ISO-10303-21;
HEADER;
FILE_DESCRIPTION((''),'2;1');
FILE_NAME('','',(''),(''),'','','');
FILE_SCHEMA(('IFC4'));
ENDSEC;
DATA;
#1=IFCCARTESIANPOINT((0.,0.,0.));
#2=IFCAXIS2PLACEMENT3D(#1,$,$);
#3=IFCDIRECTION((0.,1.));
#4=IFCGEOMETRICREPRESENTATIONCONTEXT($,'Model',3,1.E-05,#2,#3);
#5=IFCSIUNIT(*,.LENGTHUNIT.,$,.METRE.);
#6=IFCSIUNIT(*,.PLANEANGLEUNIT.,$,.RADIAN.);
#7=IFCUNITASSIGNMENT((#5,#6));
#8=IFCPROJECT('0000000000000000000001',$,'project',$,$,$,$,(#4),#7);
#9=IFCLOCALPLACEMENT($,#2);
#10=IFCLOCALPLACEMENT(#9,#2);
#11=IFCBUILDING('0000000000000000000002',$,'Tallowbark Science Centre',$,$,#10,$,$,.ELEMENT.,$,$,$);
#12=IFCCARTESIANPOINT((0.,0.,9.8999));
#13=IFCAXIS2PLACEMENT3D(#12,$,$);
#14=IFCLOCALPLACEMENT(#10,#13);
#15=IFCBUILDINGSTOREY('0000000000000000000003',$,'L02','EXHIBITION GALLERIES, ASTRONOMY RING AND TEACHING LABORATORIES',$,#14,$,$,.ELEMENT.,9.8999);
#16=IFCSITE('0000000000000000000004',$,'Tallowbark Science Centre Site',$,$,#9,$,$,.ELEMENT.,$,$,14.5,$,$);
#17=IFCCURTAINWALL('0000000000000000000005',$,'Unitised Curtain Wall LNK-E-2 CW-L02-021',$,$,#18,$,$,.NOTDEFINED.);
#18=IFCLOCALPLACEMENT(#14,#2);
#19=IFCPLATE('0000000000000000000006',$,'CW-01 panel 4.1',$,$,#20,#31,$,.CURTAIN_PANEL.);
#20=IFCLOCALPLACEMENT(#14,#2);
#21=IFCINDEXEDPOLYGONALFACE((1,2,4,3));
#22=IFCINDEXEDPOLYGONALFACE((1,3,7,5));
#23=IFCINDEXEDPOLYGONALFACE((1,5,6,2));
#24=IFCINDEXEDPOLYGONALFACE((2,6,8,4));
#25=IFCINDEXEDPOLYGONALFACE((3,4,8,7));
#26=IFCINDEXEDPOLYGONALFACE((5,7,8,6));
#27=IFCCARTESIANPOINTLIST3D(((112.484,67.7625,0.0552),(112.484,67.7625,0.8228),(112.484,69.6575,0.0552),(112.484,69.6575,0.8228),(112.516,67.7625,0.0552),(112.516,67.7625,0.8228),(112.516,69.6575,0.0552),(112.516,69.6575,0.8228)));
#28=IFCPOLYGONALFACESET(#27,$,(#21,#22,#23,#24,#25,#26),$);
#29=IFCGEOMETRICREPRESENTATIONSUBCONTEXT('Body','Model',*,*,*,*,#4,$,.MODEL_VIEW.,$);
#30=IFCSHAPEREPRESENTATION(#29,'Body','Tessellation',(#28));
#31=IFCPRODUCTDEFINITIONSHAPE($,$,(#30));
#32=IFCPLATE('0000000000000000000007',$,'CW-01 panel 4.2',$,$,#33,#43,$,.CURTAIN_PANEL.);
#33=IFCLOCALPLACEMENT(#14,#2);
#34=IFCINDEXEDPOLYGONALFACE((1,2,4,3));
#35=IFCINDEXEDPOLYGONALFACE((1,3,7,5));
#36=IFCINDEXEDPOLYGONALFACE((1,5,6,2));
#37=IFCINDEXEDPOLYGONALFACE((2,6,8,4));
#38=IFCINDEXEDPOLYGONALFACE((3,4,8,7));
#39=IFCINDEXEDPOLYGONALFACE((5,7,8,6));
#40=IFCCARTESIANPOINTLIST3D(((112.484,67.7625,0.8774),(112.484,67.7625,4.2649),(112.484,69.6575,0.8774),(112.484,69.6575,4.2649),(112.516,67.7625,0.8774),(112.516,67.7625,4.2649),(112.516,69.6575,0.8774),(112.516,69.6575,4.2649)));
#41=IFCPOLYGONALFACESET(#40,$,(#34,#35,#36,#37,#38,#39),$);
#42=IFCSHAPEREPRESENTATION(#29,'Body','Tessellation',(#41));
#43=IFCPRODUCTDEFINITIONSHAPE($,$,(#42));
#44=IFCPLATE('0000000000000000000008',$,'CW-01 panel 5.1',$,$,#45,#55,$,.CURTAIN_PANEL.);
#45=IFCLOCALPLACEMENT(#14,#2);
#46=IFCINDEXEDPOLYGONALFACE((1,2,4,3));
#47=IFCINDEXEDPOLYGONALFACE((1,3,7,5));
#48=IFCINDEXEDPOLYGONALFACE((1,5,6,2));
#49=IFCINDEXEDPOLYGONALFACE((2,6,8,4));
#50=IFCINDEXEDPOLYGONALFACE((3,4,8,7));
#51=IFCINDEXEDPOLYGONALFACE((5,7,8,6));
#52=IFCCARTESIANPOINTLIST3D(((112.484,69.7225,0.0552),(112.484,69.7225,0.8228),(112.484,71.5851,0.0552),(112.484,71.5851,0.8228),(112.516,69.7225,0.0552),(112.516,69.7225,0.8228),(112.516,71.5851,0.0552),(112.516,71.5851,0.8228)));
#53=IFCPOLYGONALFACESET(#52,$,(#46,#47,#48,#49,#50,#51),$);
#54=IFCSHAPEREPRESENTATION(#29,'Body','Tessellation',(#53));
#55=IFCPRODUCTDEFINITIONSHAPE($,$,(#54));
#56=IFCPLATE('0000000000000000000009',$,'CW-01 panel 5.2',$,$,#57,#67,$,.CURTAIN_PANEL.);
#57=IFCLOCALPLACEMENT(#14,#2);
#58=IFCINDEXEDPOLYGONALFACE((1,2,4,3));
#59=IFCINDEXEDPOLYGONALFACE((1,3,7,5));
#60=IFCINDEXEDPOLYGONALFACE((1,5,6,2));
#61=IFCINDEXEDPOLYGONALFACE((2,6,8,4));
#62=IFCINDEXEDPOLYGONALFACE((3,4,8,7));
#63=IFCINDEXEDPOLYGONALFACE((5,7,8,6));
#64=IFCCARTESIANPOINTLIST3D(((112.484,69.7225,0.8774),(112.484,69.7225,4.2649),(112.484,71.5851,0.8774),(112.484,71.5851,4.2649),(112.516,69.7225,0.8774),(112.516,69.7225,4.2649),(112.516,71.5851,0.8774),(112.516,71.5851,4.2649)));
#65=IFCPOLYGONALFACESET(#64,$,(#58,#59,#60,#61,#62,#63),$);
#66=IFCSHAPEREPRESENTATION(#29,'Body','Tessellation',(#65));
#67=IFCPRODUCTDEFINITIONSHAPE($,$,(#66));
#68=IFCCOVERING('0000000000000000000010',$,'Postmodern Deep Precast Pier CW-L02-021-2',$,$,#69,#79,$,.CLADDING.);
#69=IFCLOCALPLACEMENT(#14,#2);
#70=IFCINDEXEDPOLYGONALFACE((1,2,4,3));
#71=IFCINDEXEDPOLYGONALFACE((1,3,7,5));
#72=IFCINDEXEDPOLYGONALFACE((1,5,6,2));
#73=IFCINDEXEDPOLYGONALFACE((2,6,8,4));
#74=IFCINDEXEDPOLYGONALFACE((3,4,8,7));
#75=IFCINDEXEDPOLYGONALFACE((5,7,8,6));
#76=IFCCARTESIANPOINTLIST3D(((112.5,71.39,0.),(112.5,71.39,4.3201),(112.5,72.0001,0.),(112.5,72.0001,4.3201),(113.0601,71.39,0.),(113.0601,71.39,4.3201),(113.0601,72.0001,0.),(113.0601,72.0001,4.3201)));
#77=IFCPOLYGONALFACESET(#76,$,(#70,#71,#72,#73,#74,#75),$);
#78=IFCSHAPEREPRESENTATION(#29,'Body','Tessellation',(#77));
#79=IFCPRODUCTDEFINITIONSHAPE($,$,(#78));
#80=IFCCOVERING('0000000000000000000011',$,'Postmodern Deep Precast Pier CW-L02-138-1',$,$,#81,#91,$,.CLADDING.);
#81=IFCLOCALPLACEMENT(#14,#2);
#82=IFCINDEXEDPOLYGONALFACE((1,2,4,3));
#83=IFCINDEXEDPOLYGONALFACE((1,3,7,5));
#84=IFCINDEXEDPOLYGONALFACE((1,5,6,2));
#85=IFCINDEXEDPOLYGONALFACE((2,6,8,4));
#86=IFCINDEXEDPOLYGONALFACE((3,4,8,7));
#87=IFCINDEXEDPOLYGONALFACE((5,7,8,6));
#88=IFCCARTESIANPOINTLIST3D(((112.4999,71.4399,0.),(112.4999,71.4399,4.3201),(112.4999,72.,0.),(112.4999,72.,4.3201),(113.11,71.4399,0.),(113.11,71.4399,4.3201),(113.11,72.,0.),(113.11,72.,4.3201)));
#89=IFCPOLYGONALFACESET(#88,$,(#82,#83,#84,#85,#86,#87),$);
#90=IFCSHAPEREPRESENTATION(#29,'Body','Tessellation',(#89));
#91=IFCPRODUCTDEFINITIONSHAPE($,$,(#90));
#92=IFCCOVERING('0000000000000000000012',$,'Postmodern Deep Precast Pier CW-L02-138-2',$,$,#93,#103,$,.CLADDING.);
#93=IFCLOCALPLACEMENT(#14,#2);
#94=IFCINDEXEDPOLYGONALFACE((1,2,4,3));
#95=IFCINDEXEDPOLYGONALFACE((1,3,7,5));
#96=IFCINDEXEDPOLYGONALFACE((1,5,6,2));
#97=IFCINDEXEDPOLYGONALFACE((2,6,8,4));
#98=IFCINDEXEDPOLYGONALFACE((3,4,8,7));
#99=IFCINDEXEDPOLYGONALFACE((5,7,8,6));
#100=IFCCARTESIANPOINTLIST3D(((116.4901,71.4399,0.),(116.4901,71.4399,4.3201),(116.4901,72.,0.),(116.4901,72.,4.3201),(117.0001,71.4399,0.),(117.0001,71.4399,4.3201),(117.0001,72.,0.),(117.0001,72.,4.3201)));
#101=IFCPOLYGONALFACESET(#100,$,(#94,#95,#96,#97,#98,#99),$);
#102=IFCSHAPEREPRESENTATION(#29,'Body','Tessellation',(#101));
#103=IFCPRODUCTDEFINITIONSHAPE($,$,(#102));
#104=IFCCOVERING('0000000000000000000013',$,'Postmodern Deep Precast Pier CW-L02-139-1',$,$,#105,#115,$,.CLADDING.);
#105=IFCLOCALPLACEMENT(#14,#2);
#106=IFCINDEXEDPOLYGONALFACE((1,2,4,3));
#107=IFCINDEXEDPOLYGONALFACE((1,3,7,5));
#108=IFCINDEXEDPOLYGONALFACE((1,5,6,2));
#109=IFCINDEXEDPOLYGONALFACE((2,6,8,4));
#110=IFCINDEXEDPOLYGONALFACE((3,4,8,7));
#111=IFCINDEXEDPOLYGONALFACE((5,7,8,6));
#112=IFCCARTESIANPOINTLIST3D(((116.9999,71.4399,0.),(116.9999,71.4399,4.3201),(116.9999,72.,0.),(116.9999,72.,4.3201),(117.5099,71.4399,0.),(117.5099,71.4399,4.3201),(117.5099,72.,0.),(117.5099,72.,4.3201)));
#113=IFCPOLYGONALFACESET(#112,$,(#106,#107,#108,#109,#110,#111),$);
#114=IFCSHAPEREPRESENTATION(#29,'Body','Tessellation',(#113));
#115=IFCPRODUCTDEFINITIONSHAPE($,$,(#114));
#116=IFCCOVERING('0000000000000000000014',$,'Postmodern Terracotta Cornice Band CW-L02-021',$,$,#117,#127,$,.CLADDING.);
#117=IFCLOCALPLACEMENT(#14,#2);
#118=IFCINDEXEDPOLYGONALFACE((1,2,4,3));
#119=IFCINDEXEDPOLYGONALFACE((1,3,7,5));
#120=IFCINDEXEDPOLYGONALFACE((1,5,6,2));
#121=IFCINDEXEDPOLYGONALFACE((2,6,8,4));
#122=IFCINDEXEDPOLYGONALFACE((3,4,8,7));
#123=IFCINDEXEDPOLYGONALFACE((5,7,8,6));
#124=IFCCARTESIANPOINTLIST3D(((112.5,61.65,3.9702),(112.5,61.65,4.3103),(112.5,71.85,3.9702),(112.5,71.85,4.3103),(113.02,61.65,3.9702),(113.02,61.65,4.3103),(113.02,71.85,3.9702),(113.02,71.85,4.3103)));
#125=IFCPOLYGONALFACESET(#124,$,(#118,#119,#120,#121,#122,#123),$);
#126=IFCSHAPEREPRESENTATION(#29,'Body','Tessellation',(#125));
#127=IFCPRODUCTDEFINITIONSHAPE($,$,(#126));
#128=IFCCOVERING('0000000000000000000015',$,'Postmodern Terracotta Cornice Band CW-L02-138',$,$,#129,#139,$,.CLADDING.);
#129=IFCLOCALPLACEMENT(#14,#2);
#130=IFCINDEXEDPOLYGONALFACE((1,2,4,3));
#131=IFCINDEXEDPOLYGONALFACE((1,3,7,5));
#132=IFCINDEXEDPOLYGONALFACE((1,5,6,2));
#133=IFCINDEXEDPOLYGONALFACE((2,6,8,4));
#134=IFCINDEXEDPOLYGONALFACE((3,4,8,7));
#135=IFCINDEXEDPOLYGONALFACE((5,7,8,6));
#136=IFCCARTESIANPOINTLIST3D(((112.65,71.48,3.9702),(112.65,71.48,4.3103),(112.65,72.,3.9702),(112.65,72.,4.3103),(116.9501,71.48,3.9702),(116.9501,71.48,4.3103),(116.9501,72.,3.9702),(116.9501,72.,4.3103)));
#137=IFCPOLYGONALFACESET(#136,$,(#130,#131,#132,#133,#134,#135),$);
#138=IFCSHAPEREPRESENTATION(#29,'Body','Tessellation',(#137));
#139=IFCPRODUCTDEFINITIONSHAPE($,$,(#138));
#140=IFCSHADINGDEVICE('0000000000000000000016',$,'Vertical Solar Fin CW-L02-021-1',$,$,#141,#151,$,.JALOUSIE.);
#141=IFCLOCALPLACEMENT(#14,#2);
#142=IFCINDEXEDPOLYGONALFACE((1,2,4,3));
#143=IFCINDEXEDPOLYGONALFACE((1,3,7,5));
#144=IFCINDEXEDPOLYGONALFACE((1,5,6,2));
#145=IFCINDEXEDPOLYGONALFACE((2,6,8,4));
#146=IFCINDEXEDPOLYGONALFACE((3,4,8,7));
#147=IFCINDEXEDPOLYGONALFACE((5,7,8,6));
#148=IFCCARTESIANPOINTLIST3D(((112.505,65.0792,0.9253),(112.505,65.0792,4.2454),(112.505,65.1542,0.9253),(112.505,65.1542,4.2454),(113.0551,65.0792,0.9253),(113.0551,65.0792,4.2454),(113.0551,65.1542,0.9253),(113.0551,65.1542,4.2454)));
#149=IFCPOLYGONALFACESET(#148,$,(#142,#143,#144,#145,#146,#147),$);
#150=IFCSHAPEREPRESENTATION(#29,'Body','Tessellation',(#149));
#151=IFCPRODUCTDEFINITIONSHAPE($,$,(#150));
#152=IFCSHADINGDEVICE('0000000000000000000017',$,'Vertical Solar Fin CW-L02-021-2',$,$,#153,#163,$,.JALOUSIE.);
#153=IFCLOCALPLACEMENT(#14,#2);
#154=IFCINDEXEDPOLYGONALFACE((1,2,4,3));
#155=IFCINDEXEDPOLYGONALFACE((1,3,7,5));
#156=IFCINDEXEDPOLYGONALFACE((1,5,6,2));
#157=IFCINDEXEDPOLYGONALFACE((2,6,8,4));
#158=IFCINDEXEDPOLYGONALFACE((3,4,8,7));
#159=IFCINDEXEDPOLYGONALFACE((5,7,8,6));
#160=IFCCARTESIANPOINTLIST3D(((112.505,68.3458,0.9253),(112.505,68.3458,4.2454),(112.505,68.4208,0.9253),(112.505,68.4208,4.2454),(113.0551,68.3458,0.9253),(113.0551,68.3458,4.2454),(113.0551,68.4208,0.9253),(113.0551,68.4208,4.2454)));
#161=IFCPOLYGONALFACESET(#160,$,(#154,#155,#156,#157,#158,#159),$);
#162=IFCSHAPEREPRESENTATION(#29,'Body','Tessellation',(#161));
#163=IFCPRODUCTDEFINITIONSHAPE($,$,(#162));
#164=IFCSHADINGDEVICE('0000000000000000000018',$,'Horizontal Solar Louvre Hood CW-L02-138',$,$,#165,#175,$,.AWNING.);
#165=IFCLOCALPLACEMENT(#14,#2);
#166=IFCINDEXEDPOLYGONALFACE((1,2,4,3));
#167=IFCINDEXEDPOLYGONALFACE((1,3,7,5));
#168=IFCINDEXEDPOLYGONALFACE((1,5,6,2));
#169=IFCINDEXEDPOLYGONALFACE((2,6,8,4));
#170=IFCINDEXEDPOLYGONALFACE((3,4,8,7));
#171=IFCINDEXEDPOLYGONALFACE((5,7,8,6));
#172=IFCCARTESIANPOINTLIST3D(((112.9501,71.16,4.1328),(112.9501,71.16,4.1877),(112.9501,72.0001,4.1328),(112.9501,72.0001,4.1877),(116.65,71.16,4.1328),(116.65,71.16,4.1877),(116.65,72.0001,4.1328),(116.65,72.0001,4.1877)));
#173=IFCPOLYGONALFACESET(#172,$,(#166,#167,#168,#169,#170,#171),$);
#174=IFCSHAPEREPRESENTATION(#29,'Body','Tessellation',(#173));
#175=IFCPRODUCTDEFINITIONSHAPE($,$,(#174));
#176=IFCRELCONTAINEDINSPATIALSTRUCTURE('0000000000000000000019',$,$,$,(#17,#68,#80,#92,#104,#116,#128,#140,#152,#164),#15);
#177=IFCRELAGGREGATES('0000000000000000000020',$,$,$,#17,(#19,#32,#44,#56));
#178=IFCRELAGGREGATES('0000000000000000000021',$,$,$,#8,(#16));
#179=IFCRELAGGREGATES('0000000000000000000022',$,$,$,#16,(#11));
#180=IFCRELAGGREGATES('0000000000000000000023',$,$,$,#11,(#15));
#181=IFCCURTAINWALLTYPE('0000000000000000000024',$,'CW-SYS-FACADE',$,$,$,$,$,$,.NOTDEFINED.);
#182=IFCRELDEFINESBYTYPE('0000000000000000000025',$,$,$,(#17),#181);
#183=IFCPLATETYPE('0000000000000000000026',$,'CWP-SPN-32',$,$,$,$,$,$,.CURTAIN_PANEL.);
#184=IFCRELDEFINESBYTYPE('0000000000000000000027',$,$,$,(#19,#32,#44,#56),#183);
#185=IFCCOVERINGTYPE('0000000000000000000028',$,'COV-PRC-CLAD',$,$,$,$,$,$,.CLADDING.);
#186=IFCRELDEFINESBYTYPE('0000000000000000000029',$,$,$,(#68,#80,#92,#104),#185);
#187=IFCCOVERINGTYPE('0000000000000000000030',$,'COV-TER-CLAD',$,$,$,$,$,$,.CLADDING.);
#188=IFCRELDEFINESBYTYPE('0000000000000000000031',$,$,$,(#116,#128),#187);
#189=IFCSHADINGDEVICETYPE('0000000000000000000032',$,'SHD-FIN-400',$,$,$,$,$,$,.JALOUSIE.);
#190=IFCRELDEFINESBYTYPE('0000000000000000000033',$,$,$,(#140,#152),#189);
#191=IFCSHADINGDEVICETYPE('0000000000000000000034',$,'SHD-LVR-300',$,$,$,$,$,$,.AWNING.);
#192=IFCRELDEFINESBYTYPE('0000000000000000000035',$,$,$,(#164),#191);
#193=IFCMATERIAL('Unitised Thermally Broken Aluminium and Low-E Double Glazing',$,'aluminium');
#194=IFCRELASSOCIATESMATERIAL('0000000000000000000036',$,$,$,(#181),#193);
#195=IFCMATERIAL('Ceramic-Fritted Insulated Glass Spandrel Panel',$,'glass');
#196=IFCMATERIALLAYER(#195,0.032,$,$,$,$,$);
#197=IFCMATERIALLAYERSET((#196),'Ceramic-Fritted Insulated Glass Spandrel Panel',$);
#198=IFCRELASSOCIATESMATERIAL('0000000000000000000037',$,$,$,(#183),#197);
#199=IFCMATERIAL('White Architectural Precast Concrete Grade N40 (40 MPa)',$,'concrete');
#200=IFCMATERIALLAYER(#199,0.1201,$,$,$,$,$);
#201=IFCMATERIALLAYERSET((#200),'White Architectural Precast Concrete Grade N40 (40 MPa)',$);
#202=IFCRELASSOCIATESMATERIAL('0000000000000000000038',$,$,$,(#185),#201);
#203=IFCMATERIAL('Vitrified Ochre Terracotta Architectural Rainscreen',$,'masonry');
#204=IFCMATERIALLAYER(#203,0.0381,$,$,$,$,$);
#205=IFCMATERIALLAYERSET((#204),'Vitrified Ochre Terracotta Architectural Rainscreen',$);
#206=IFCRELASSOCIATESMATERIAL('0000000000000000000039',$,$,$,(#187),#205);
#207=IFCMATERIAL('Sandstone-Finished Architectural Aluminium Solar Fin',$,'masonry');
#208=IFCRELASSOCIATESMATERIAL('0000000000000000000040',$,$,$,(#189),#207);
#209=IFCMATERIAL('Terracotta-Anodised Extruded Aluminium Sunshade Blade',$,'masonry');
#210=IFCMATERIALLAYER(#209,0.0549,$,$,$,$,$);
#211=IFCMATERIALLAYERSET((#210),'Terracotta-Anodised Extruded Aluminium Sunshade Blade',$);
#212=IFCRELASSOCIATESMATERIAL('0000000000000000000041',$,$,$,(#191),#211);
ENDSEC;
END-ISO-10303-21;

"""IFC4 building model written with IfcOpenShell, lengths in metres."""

from ifc_helpers import new_model, si_unit, direction, frame, origin, origin_2d, place, context, subcontext, project, spatial, rectangle, extrude, material, layer, layer_set, type_object, element, aggregate, save


model = new_model("IFC4")

# Units and contexts
model_context = context("Model", 3, precision=1e-05, world=origin(), true_north=direction((0.0, 1.0)))
body_context = subcontext(model_context, "Body", "Model", "MODEL_VIEW")
ifc_project = project(units=[si_unit("LENGTHUNIT", "METRE"), si_unit("PLANEANGLEUNIT", "RADIAN")], contexts=[model_context])

# Site, building, storey
site_placement = place(None, origin())
site = spatial("IfcSite", under=ifc_project, at=site_placement, Name="Tallowbark Science Centre Site", CompositionType="ELEMENT", RefElevation=14.5)
building_placement = place(site_placement, origin())
building = spatial("IfcBuilding", under=site, at=building_placement, Name="Tallowbark Science Centre", CompositionType="ELEMENT")
storey_placement = place(building_placement, frame((0.0, 0.0, 9.8999)))
storey = spatial("IfcBuildingStorey", under=building, at=storey_placement, Name="L02", Description="EXHIBITION GALLERIES, ASTRONOMY RING AND TEACHING LABORATORIES", CompositionType="ELEMENT", Elevation=9.8999)

# Curtain wall, plates
ifc_material_1 = material(Name="Unitised Thermally Broken Aluminium and Low-E Double Glazing", Category="aluminium")
curtain_wall_type = type_object("IfcCurtainWallType", Name="CW-SYS-FACADE", PredefinedType="NOTDEFINED", material=ifc_material_1)
curtain_wall_placement = place(storey_placement, origin())
curtain_wall = element("IfcCurtainWall", 1, at=curtain_wall_placement, inside=storey, type_object=curtain_wall_type, Name="Unitised Curtain Wall LNK-E-2 CW-L02-021", PredefinedType="NOTDEFINED")
ifc_material_2 = material(Name="Ceramic-Fritted Insulated Glass Spandrel Panel", Category="glass")
ifc_layer_1 = layer(ifc_material_2, 0.032)
ifc_layer_set_1 = layer_set([ifc_layer_1], Name="Ceramic-Fritted Insulated Glass Spandrel Panel")
plate_type = type_object("IfcPlateType", Name="CWP-SPN-32", PredefinedType="CURTAIN_PANEL", material=ifc_layer_set_1)
plate_1_placement = place(storey_placement, frame((112.5, 68.71, 0.0552), z_axis=(0.0, 0.0, 1.0), x_axis=(0.0, 1.0, 0.0)))
plate_1 = element("IfcPlate", 2, at=plate_1_placement, type_object=plate_type, Name="CW-01 panel 4.1", PredefinedType="CURTAIN_PANEL", context=body_context, shape_type="SweptSolid", body=[
    extrude(rectangle(XDim=1.895, YDim=0.032, at=origin_2d()), origin(), (0.0, 0.0, 1.0), 0.7676),
])
plate_2_placement = place(storey_placement, frame((112.5, 68.71, 0.8774), z_axis=(0.0, 0.0, 1.0), x_axis=(0.0, 1.0, 0.0)))
plate_2 = element("IfcPlate", 3, at=plate_2_placement, type_object=plate_type, Name="CW-01 panel 4.2", PredefinedType="CURTAIN_PANEL", context=body_context, shape_type="SweptSolid", body=[
    extrude(rectangle(XDim=1.895, YDim=0.032, at=origin_2d()), origin(), (0.0, 0.0, 1.0), 3.3875),
])
plate_3_placement = place(storey_placement, frame((112.5, 70.6538, 0.0552), z_axis=(0.0, 0.0, 1.0), x_axis=(0.0, 1.0, 0.0)))
plate_3 = element("IfcPlate", 4, at=plate_3_placement, type_object=plate_type, Name="CW-01 panel 5.1", PredefinedType="CURTAIN_PANEL", context=body_context, shape_type="SweptSolid", body=[
    extrude(rectangle(XDim=1.8625, YDim=0.032, at=origin_2d()), origin(), (0.0, 0.0, 1.0), 0.7676),
])
plate_4_placement = place(storey_placement, frame((112.5, 70.6538, 0.8774), z_axis=(0.0, 0.0, 1.0), x_axis=(0.0, 1.0, 0.0)))
plate_4 = element("IfcPlate", 5, at=plate_4_placement, type_object=plate_type, Name="CW-01 panel 5.2", PredefinedType="CURTAIN_PANEL", context=body_context, shape_type="SweptSolid", body=[
    extrude(rectangle(XDim=1.8625, YDim=0.032, at=origin_2d()), origin(), (0.0, 0.0, 1.0), 3.3875),
])
aggregate(curtain_wall, [plate_1, plate_2, plate_3, plate_4])

# Coverings
ifc_material_3 = material(Name="White Architectural Precast Concrete Grade N40 (40 MPa)", Category="concrete")
ifc_layer_2 = layer(ifc_material_3, 0.1201)
ifc_layer_set_2 = layer_set([ifc_layer_2], Name="White Architectural Precast Concrete Grade N40 (40 MPa)")
covering_type_1 = type_object("IfcCoveringType", Name="COV-PRC-CLAD", PredefinedType="CLADDING", material=ifc_layer_set_2)
for number, where, z_axis, x_axis, name in (
    (6, (112.78, 71.6951, 0.0), (0.0, 0.0, 1.0), (0.0, 1.0, 0.0), "Postmodern Deep Precast Pier CW-L02-021-2"),
    (7, (112.8049, 71.72, 0.0), (0.0, 0.0, 1.0), (1.0, 0.0, 0.0), "Postmodern Deep Precast Pier CW-L02-138-1"),
):
    element("IfcCovering", number, at=place(storey_placement, frame(where, z_axis=z_axis, x_axis=x_axis)), inside=storey, type_object=covering_type_1, Name=name, PredefinedType="CLADDING", context=body_context, shape_type="SweptSolid", body=[
        extrude(rectangle(XDim=0.6101, YDim=0.5601, at=origin_2d()), origin(), (0.0, 0.0, 1.0), 4.3201),
    ])
for number, where, z_axis, x_axis, name in (
    (8, (116.7451, 71.72, 0.0), (0.0, 0.0, 1.0), (1.0, 0.0, 0.0), "Postmodern Deep Precast Pier CW-L02-138-2"),
    (9, (117.2549, 71.72, 0.0), (0.0, 0.0, 1.0), (1.0, 0.0, 0.0), "Postmodern Deep Precast Pier CW-L02-139-1"),
):
    element("IfcCovering", number, at=place(storey_placement, frame(where, z_axis=z_axis, x_axis=x_axis)), inside=storey, type_object=covering_type_1, Name=name, PredefinedType="CLADDING", context=body_context, shape_type="SweptSolid", body=[
        extrude(rectangle(XDim=0.51, YDim=0.5601, at=origin_2d()), origin(), (0.0, 0.0, 1.0), 4.3201),
    ])
ifc_material_4 = material(Name="Vitrified Ochre Terracotta Architectural Rainscreen", Category="masonry")
ifc_layer_3 = layer(ifc_material_4, 0.0381)
ifc_layer_set_3 = layer_set([ifc_layer_3], Name="Vitrified Ochre Terracotta Architectural Rainscreen")
covering_type_2 = type_object("IfcCoveringType", Name="COV-TER-CLAD", PredefinedType="CLADDING", material=ifc_layer_set_3)
covering_1_placement = place(storey_placement, frame((112.76, 66.75, 3.9702), z_axis=(0.0, 0.0, 1.0), x_axis=(0.0, 1.0, 0.0)))
element("IfcCovering", 10, at=covering_1_placement, inside=storey, type_object=covering_type_2, Name="Postmodern Terracotta Cornice Band CW-L02-021", PredefinedType="CLADDING", context=body_context, shape_type="SweptSolid", body=[
    extrude(rectangle(XDim=10.2, YDim=0.52, at=origin_2d()), origin(), (0.0, 0.0, 1.0), 0.3401),
])
covering_2_placement = place(storey_placement, frame((114.8, 71.74, 3.9702), z_axis=(0.0, 0.0, 1.0), x_axis=(1.0, 0.0, 0.0)))
element("IfcCovering", 11, at=covering_2_placement, inside=storey, type_object=covering_type_2, Name="Postmodern Terracotta Cornice Band CW-L02-138", PredefinedType="CLADDING", context=body_context, shape_type="SweptSolid", body=[
    extrude(rectangle(XDim=4.3, YDim=0.52, at=origin_2d()), origin(), (0.0, 0.0, 1.0), 0.3401),
])

# Shading devices
ifc_material_5 = material(Name="Sandstone-Finished Architectural Aluminium Solar Fin", Category="masonry")
shading_device_type_1 = type_object("IfcShadingDeviceType", Name="SHD-FIN-400", PredefinedType="JALOUSIE", material=ifc_material_5)
for number, where, z_axis, x_axis, name in (
    (12, (112.78, 65.1167, 0.9253), (0.0, 0.0, 1.0), (0.0, 1.0, 0.0), "Vertical Solar Fin CW-L02-021-1"),
    (13, (112.78, 68.3833, 0.9253), (0.0, 0.0, 1.0), (0.0, 1.0, 0.0), "Vertical Solar Fin CW-L02-021-2"),
):
    element("IfcShadingDevice", number, at=place(storey_placement, frame(where, z_axis=z_axis, x_axis=x_axis)), inside=storey, type_object=shading_device_type_1, Name=name, PredefinedType="JALOUSIE", context=body_context, shape_type="SweptSolid", body=[
        extrude(rectangle(XDim=0.075, YDim=0.55, at=origin_2d()), origin(), (0.0, 0.0, 1.0), 3.3201),
    ])
ifc_material_6 = material(Name="Terracotta-Anodised Extruded Aluminium Sunshade Blade", Category="masonry")
ifc_layer_4 = layer(ifc_material_6, 0.0549)
ifc_layer_set_4 = layer_set([ifc_layer_4], Name="Terracotta-Anodised Extruded Aluminium Sunshade Blade")
shading_device_type_2 = type_object("IfcShadingDeviceType", Name="SHD-LVR-300", PredefinedType="AWNING", material=ifc_layer_set_4)
shading_device_placement = place(storey_placement, frame((114.8, 71.5801, 4.1328), z_axis=(0.0, 0.0, 1.0), x_axis=(1.0, 0.0, 0.0)))
element("IfcShadingDevice", 14, at=shading_device_placement, inside=storey, type_object=shading_device_type_2, Name="Horizontal Solar Louvre Hood CW-L02-138", PredefinedType="AWNING", context=body_context, shape_type="SweptSolid", body=[
    extrude(rectangle(XDim=3.7, YDim=0.8401, at=origin_2d()), origin(), (0.0, 0.0, 1.0), 0.0549),
])

save(model, "model.ifc")
